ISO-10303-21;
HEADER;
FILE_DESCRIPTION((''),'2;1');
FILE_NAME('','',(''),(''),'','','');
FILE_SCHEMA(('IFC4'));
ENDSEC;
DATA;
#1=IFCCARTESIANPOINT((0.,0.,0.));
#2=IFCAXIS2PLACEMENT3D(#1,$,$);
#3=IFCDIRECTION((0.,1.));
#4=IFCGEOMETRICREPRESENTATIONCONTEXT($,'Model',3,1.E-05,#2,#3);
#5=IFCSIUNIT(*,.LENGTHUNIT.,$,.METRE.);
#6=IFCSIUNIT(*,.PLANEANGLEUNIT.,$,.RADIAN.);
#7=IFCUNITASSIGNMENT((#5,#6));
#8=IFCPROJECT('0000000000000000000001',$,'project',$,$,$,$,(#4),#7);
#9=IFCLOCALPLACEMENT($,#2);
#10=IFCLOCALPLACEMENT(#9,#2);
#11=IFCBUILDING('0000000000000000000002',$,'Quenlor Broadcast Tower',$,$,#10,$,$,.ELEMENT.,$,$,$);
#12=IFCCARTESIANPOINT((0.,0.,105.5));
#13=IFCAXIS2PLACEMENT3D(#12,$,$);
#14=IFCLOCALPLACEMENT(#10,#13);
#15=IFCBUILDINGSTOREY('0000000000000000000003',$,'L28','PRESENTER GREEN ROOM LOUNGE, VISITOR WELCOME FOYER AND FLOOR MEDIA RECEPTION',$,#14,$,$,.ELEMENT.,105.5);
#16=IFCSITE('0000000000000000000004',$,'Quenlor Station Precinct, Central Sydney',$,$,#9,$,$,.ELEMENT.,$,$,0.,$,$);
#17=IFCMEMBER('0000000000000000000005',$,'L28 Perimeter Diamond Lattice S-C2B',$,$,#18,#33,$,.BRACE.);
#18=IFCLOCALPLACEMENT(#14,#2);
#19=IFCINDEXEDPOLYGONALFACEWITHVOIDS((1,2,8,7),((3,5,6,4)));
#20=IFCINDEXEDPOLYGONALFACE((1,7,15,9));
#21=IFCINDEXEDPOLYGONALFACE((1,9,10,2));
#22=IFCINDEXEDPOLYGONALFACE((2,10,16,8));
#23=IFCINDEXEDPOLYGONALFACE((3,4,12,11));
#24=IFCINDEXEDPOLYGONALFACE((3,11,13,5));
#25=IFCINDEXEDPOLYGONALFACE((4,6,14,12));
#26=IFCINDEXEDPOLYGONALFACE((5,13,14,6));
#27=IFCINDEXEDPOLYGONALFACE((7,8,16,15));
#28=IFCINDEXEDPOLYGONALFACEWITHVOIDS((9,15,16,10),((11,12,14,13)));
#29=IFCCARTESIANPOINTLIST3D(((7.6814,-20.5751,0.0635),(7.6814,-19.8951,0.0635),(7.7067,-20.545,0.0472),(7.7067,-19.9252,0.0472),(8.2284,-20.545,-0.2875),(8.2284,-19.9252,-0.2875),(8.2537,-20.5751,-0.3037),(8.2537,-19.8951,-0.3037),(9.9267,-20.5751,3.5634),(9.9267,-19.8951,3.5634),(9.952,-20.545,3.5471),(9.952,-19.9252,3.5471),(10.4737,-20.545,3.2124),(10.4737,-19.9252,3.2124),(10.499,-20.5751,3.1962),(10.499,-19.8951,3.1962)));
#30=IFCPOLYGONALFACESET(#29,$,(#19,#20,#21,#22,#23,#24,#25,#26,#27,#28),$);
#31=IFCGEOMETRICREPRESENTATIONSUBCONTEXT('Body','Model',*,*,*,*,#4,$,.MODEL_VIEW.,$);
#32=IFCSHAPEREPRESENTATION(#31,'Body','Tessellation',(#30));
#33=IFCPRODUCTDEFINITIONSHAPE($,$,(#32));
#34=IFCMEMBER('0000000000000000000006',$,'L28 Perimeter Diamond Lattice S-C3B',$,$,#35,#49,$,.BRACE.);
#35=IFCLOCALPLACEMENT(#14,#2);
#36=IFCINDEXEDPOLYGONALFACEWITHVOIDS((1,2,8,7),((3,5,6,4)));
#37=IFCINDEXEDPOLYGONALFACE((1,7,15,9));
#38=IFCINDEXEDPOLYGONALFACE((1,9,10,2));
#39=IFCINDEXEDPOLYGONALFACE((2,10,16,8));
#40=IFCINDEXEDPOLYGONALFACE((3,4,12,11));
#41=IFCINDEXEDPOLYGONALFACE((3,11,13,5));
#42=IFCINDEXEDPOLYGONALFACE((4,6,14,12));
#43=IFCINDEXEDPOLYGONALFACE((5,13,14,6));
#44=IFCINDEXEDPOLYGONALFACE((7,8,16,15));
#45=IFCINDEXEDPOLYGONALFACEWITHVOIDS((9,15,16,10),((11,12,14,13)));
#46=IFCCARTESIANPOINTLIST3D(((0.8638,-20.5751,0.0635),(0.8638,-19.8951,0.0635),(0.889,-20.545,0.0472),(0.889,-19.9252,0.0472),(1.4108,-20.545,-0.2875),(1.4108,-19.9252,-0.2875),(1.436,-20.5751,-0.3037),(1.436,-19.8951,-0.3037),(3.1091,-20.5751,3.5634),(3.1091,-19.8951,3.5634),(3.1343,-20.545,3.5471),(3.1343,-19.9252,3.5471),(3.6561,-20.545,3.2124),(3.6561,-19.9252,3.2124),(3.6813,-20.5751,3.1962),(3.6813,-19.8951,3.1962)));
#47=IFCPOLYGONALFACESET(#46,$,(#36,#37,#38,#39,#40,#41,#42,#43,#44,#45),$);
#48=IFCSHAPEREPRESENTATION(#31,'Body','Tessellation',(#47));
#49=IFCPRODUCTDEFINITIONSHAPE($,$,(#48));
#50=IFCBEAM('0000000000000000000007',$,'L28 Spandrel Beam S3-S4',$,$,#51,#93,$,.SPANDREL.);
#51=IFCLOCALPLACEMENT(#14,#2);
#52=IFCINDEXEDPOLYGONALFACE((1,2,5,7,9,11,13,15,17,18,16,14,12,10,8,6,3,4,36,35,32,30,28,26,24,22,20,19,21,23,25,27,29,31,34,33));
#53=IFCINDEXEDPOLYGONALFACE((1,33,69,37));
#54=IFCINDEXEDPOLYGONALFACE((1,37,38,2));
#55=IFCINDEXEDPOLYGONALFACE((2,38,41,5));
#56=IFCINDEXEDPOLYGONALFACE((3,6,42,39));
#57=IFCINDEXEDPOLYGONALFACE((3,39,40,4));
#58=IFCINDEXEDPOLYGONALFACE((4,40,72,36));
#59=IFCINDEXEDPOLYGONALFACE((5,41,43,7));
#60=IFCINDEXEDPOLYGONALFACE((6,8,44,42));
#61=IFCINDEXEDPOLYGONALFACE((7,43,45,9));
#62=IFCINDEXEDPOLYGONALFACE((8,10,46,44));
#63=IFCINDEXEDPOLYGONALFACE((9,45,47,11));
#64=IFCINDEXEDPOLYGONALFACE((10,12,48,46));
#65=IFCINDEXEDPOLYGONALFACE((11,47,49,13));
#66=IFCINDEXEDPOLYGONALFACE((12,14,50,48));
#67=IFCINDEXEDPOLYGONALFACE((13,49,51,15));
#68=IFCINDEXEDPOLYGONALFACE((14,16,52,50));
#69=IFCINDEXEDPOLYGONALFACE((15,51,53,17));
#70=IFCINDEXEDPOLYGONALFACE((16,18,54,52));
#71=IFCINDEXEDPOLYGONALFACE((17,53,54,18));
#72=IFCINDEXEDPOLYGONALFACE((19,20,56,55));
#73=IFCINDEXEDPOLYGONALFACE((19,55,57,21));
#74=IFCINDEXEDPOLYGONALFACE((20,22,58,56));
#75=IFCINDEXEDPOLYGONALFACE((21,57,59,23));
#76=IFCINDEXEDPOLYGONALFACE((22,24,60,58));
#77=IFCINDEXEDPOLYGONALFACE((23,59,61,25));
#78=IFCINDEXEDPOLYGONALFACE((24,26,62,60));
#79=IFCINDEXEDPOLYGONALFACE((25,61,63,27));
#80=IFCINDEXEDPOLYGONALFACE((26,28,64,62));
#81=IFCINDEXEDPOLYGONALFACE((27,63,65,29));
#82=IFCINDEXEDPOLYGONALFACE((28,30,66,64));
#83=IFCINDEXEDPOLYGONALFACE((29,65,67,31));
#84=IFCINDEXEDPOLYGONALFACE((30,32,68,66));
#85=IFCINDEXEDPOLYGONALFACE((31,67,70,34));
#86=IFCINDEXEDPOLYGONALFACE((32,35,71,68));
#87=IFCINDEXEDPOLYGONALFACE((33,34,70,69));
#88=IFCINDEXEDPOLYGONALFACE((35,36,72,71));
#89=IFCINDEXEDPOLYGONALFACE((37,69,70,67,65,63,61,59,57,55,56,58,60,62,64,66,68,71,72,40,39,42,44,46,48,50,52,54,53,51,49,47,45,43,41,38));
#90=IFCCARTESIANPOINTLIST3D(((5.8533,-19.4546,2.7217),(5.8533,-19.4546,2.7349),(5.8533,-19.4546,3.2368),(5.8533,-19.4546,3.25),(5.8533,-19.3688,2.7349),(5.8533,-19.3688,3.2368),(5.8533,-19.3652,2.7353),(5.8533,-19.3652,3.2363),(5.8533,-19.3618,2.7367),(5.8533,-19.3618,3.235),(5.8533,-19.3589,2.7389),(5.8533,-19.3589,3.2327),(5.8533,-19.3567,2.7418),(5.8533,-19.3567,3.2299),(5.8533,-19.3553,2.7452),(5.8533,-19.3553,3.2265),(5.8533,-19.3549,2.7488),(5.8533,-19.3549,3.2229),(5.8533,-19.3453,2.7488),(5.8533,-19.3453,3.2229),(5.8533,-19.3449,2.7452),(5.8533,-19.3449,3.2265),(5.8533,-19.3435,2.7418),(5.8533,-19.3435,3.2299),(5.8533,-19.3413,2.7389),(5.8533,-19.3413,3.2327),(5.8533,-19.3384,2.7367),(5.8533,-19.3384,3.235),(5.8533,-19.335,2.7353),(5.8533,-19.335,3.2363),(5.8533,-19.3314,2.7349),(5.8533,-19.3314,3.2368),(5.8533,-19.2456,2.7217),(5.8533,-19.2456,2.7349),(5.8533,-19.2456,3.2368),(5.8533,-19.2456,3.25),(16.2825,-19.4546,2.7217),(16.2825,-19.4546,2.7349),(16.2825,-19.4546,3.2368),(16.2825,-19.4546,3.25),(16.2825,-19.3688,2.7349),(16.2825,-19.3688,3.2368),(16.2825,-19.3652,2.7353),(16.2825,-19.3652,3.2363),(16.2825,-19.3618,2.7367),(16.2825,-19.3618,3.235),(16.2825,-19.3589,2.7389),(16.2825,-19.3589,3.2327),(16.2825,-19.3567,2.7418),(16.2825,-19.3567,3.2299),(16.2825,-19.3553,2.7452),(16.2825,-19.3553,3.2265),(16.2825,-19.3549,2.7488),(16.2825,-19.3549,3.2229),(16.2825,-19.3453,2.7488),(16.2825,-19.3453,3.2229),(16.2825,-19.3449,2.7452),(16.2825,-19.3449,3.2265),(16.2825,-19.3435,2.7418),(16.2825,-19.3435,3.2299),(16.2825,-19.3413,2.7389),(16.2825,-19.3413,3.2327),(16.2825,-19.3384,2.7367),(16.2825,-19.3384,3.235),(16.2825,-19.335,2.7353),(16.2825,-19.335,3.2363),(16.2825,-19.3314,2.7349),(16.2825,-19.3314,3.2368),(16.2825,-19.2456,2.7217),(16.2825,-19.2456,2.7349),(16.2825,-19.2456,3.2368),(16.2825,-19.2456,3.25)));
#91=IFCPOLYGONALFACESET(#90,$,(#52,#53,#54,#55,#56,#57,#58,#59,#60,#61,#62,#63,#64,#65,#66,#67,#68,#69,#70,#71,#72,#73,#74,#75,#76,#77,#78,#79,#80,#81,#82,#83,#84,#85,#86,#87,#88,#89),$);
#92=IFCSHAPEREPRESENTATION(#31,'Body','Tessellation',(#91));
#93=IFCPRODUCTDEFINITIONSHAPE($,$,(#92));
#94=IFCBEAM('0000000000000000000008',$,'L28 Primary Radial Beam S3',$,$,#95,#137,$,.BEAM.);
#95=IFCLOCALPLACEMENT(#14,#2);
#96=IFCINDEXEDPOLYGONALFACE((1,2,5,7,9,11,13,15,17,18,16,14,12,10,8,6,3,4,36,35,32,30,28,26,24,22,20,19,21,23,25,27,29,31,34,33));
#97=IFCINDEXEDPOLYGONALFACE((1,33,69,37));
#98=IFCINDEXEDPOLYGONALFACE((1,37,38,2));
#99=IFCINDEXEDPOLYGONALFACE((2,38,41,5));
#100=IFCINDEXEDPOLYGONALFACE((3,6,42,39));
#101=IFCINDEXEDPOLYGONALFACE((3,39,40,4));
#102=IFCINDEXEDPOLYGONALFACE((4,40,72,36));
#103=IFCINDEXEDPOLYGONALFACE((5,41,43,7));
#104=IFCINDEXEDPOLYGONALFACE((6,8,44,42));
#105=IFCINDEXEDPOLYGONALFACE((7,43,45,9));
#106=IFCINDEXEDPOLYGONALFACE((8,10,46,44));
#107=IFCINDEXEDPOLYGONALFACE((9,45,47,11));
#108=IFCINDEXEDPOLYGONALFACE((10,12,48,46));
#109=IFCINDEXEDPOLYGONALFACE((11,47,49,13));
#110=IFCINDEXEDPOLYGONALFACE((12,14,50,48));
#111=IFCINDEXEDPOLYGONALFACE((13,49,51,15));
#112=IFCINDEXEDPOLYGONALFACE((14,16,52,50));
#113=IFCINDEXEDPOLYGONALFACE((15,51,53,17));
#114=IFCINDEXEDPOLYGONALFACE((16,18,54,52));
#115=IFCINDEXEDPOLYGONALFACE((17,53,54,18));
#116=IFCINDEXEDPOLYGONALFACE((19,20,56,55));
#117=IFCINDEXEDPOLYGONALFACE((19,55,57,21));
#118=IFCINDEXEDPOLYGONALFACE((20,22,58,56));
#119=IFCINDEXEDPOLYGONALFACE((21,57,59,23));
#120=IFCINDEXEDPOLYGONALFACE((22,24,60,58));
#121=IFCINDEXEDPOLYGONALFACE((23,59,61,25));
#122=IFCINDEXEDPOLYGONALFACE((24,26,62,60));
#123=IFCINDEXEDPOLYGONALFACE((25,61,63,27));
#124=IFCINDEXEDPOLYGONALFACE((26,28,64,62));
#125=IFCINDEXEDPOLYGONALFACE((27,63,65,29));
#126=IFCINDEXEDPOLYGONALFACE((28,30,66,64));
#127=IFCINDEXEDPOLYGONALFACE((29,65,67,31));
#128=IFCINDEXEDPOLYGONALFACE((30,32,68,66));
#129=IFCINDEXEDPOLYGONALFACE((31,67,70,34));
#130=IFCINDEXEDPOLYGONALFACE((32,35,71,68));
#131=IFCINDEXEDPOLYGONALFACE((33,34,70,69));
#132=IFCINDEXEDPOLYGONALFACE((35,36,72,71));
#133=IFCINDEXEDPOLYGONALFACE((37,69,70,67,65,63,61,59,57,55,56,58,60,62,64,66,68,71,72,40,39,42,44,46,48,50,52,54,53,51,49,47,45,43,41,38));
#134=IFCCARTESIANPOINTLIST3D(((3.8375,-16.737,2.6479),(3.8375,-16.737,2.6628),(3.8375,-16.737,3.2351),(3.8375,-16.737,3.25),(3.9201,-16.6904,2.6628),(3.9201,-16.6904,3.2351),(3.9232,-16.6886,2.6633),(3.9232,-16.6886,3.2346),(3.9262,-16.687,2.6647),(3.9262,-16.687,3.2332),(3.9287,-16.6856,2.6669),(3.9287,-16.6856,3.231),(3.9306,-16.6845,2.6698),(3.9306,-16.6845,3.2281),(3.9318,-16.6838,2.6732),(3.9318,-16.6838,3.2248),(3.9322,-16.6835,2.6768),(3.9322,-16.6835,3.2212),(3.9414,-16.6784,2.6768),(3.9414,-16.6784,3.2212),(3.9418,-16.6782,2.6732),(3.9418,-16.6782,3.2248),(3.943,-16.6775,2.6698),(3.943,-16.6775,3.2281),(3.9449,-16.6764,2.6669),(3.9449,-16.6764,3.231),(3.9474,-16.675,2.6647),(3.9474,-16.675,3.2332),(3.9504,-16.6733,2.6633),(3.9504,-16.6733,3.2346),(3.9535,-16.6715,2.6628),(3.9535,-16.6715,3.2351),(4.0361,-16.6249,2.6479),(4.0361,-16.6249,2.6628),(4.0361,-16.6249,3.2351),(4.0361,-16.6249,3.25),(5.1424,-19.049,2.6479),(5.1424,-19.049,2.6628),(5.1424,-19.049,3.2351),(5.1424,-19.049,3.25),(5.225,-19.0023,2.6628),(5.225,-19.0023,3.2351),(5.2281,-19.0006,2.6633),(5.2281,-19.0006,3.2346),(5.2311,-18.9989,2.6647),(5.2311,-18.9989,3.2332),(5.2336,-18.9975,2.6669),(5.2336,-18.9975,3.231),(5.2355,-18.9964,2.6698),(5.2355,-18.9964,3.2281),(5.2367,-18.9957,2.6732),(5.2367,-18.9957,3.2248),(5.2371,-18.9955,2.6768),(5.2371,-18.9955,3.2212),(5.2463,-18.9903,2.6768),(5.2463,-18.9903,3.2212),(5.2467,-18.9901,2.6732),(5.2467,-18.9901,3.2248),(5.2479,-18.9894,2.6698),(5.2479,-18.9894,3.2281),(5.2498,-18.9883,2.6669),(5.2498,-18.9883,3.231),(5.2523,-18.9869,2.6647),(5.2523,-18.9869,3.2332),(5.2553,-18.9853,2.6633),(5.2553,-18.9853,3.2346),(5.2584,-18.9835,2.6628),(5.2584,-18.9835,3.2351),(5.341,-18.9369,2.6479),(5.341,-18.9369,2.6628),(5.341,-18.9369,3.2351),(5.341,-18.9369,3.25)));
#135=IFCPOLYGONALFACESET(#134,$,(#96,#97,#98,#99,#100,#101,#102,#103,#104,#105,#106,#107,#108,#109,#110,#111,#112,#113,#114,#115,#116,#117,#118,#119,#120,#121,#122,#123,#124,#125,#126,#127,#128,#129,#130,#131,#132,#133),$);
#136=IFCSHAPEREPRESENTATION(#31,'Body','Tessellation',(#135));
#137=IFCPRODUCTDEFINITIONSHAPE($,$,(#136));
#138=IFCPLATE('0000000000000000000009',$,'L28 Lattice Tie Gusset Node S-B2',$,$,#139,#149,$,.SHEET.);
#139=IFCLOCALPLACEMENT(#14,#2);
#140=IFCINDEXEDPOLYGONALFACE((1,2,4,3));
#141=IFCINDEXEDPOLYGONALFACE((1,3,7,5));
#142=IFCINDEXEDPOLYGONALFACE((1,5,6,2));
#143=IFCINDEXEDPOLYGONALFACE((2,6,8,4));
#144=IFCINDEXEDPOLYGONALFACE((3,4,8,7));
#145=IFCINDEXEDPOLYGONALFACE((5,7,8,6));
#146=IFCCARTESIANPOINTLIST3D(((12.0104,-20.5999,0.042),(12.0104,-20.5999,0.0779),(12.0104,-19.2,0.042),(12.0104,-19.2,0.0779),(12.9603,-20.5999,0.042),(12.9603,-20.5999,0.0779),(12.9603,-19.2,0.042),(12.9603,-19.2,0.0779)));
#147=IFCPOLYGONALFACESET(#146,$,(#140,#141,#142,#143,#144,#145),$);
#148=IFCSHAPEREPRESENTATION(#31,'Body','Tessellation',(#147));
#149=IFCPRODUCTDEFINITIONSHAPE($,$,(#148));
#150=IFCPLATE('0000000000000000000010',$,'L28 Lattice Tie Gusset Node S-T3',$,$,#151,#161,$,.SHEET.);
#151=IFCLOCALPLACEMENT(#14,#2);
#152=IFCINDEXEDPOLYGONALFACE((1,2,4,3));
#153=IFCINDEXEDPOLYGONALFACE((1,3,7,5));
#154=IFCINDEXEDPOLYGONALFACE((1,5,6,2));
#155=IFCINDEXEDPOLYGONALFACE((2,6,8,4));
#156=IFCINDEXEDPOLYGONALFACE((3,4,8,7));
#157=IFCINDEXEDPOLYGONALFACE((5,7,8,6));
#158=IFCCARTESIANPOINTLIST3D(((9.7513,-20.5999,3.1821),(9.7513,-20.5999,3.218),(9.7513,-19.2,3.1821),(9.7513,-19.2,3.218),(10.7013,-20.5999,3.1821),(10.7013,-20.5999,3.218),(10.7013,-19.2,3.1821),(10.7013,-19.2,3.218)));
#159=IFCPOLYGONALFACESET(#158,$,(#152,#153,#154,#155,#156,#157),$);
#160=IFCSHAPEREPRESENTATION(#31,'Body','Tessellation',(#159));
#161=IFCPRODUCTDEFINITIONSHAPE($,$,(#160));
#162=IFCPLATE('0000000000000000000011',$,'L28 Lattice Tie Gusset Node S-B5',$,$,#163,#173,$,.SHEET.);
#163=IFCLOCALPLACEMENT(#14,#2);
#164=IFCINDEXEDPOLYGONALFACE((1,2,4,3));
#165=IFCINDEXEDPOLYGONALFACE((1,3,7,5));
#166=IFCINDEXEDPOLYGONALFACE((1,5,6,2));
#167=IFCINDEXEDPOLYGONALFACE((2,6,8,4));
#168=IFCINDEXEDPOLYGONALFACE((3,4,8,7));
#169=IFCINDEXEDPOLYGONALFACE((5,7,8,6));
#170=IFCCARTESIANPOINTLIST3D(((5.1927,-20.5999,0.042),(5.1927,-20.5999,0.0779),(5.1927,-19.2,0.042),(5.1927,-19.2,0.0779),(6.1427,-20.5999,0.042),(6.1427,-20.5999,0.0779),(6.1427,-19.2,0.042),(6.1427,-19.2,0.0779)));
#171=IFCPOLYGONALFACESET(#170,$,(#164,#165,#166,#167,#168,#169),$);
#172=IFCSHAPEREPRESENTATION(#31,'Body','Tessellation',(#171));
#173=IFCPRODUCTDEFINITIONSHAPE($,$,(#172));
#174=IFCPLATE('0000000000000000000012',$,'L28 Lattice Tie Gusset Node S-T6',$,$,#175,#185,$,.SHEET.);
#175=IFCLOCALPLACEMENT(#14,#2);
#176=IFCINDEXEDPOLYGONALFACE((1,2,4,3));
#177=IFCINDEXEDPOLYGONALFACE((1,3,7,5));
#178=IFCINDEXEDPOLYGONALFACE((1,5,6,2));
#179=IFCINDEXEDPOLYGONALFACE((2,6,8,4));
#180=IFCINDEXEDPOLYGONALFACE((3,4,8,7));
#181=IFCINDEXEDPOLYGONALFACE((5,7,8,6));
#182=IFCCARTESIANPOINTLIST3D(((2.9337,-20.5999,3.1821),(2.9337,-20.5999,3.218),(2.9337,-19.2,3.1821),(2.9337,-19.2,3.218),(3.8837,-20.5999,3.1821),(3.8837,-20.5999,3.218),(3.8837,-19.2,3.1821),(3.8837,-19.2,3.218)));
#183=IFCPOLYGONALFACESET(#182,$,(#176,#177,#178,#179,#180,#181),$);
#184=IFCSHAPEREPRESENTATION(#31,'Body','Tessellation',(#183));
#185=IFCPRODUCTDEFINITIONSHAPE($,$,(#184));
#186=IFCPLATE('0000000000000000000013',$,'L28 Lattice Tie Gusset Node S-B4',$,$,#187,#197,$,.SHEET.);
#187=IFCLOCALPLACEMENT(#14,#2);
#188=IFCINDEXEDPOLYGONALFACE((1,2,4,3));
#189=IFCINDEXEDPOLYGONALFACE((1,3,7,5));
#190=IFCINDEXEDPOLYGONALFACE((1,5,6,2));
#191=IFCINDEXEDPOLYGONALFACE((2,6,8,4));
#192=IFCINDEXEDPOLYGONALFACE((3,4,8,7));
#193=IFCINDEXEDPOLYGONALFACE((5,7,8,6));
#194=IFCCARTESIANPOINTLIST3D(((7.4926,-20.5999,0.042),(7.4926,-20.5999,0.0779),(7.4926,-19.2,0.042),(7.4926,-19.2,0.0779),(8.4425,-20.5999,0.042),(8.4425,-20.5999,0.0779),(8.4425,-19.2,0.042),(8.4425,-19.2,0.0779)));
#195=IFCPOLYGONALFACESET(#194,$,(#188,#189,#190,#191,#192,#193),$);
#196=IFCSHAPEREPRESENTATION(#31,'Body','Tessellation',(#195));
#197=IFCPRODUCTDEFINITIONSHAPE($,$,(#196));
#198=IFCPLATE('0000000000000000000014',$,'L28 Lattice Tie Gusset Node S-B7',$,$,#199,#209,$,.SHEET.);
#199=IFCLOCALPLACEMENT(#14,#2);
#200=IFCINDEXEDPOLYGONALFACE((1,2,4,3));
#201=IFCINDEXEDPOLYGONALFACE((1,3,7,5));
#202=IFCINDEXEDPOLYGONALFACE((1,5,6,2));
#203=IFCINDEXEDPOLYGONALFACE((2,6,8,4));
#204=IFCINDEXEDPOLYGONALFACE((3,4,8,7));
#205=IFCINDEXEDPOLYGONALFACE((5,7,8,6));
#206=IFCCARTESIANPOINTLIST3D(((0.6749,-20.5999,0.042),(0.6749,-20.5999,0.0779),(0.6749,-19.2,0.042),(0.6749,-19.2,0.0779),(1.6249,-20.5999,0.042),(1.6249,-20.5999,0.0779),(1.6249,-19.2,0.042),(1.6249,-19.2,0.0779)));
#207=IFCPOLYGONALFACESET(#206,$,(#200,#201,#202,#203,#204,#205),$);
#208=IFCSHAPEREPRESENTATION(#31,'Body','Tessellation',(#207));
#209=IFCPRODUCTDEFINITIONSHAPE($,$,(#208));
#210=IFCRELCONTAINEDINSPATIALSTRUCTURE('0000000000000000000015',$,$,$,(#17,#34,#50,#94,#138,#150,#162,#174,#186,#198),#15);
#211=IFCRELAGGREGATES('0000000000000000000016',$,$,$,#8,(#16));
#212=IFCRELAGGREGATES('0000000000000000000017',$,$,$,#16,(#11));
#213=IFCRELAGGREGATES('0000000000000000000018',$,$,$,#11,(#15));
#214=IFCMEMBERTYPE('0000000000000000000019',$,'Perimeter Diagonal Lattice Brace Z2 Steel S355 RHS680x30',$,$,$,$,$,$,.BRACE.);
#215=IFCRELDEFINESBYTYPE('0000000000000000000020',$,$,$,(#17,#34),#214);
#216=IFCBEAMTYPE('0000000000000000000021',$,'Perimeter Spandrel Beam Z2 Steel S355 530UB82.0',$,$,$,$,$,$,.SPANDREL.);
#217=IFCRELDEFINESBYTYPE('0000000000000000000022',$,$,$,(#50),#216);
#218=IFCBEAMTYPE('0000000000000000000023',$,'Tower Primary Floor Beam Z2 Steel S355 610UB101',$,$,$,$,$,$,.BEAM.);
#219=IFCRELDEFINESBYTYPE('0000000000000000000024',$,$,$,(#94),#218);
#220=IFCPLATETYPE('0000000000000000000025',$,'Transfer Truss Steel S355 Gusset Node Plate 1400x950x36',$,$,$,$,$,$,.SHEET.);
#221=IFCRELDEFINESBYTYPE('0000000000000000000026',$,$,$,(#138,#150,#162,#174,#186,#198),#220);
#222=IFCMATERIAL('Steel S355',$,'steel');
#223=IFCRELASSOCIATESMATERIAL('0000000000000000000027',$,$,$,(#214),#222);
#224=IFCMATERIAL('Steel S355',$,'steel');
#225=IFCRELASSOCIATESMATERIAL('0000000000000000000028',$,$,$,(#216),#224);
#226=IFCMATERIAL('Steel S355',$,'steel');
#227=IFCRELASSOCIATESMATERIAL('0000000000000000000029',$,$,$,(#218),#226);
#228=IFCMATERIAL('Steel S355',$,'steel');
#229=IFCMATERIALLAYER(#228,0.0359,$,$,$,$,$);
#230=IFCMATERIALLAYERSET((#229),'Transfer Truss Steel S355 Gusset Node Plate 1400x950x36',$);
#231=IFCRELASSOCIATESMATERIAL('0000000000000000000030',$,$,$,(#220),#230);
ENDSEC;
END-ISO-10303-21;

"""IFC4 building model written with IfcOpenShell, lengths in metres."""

from ifc_helpers import new_model, si_unit, direction, frame, origin, origin_2d, place, context, subcontext, project, spatial, rectangle, hollow_rectangle, i_section, extrude, material, layer, layer_set, material_profile, profile_set, type_object, element, save


model = new_model("IFC4")

# Units and contexts
model_context = context("Model", 3, precision=1e-05, world=origin(), true_north=direction((0.0, 1.0)))
body_context = subcontext(model_context, "Body", "Model", "MODEL_VIEW")
ifc_project = project(units=[si_unit("LENGTHUNIT", "METRE"), si_unit("PLANEANGLEUNIT", "RADIAN")], contexts=[model_context])

# Site, building, storey
site_placement = place(None, origin())
site = spatial("IfcSite", under=ifc_project, at=site_placement, Name="Quenlor Station Precinct, Central Sydney", CompositionType="ELEMENT", RefElevation=0.0)
building_placement = place(site_placement, origin())
building = spatial("IfcBuilding", under=site, at=building_placement, Name="Quenlor Broadcast Tower", CompositionType="ELEMENT")
storey_placement = place(building_placement, frame((0.0, 0.0, 105.5)))
storey = spatial("IfcBuildingStorey", under=building, at=storey_placement, Name="L28", Description="PRESENTER GREEN ROOM LOUNGE, VISITOR WELCOME FOYER AND FLOOR MEDIA RECEPTION", CompositionType="ELEMENT", Elevation=105.5)

# Members
ifc_material_1 = material(Name="Steel S355", Category="steel")
ifc_material_profile_1 = material_profile(ifc_material_1, hollow_rectangle(XDim=0.6799, YDim=0.6799, WallThickness=0.03, at=origin_2d()))
ifc_profile_set_1 = profile_set([ifc_material_profile_1], Name="Steel S355 RHS680x680x30")
member_type_1 = type_object("IfcMemberType", Name="Perimeter Diagonal Lattice Brace Z2 Steel S355 RHS680x30", PredefinedType="BRACE", material=ifc_profile_set_1)
for number, where, z_axis, x_axis, name in (
    (1, (7.9675, -20.2351, -0.1201), (0.539968, 0.0, 0.841686), (0.0, 1.0, 0.0), "L28 Perimeter Diamond Lattice S-C2B"),
    (2, (1.1499, -20.2351, -0.1201), (0.539968, 0.0, 0.841686), (0.0, 1.0, 0.0), "L28 Perimeter Diamond Lattice S-C3B"),
):
    element("IfcMember", number, at=place(storey_placement, frame(where, z_axis=z_axis, x_axis=x_axis)), inside=storey, type_object=member_type_1, Name=name, PredefinedType="BRACE", context=body_context, shape_type="SweptSolid", body=[
        extrude(hollow_rectangle(XDim=0.6799, YDim=0.6799, WallThickness=0.03, at=origin_2d()), origin(), (0.0, 0.0, 1.0), 4.1582),
    ])

# Beams
ifc_material_2 = material(Name="Steel S355", Category="steel")
ifc_material_profile_2 = material_profile(ifc_material_2, i_section(OverallWidth=0.209, OverallDepth=0.5283, WebThickness=0.0095, FlangeThickness=0.0132, FilletRadius=0.0139, at=origin_2d()))
ifc_profile_set_2 = profile_set([ifc_material_profile_2], Name="Steel S355 530UB82.0")
beam_type_1 = type_object("IfcBeamType", Name="Perimeter Spandrel Beam Z2 Steel S355 530UB82.0", PredefinedType="SPANDREL", material=ifc_profile_set_2)
beam_1_placement = place(storey_placement, frame((5.8533, -19.3501, 2.9858), z_axis=(1.0, 0.0, 0.0), x_axis=(0.0, 1.0, 0.0)))
element("IfcBeam", 3, at=beam_1_placement, inside=storey, type_object=beam_type_1, Name="L28 Spandrel Beam S3-S4", PredefinedType="SPANDREL", context=body_context, shape_type="SweptSolid", body=[
    extrude(i_section(OverallWidth=0.209, OverallDepth=0.5283, WebThickness=0.0095, FlangeThickness=0.0132, FilletRadius=0.0139, at=origin_2d()), origin(), (0.0, 0.0, 1.0), 10.4292),
])
ifc_material_3 = material(Name="Steel S355", Category="steel")
ifc_material_profile_3 = material_profile(ifc_material_3, i_section(OverallWidth=0.228, OverallDepth=0.6021, WebThickness=0.0105, FlangeThickness=0.0149, FilletRadius=0.0139, at=origin_2d()))
ifc_profile_set_3 = profile_set([ifc_material_profile_3], Name="Steel S355 610UB101")
beam_type_2 = type_object("IfcBeamType", Name="Tower Primary Floor Beam Z2 Steel S355 610UB101", PredefinedType="BEAM", material=ifc_profile_set_3)
beam_2_placement = place(storey_placement, frame((5.2417, -18.9929, 2.949), z_axis=(-0.491527, 0.870862, 0.0), x_axis=(-0.870862, -0.491527, 0.0)))
element("IfcBeam", 4, at=beam_2_placement, inside=storey, type_object=beam_type_2, Name="L28 Primary Radial Beam S3", PredefinedType="BEAM", context=body_context, shape_type="SweptSolid", body=[
    extrude(i_section(OverallWidth=0.228, OverallDepth=0.6021, WebThickness=0.0105, FlangeThickness=0.0149, FilletRadius=0.0139, at=origin_2d()), origin(), (0.0, 0.0, 1.0), 2.6548),
])

# Plates
ifc_material_4 = material(Name="Steel S355", Category="steel")
ifc_layer_1 = layer(ifc_material_4, 0.0359)
ifc_layer_set_1 = layer_set([ifc_layer_1], Name="Transfer Truss Steel S355 Gusset Node Plate 1400x950x36")
plate_type = type_object("IfcPlateType", Name="Transfer Truss Steel S355 Gusset Node Plate 1400x950x36", PredefinedType="SHEET", material=ifc_layer_set_1)
for number, where, z_axis, x_axis, name in (
    (5, (12.4854, -19.8999, 0.042), (0.0, 0.0, 1.0), (0.0, -1.0, 0.0), "L28 Lattice Tie Gusset Node S-B2"),
    (6, (10.2263, -19.8999, 3.1821), (0.0, 0.0, 1.0), (0.0, -1.0, 0.0), "L28 Lattice Tie Gusset Node S-T3"),
    (7, (5.6677, -19.8999, 0.042), (0.0, 0.0, 1.0), (0.0, -1.0, 0.0), "L28 Lattice Tie Gusset Node S-B5"),
    (8, (3.4087, -19.8999, 3.1821), (0.0, 0.0, 1.0), (0.0, -1.0, 0.0), "L28 Lattice Tie Gusset Node S-T6"),
    (9, (7.9675, -19.8999, 0.042), (0.0, 0.0, 1.0), (0.0, -1.0, 0.0), "L28 Lattice Tie Gusset Node S-B4"),
    (10, (1.1499, -19.8999, 0.042), (0.0, 0.0, 1.0), (0.0, -1.0, 0.0), "L28 Lattice Tie Gusset Node S-B7"),
):
    element("IfcPlate", number, at=place(storey_placement, frame(where, z_axis=z_axis, x_axis=x_axis)), inside=storey, type_object=plate_type, Name=name, PredefinedType="SHEET", context=body_context, shape_type="SweptSolid", body=[
        extrude(rectangle(XDim=1.3999, YDim=0.95, at=origin_2d()), origin(), (0.0, 0.0, 1.0), 0.0359),
    ])

save(model, "model.ifc")
